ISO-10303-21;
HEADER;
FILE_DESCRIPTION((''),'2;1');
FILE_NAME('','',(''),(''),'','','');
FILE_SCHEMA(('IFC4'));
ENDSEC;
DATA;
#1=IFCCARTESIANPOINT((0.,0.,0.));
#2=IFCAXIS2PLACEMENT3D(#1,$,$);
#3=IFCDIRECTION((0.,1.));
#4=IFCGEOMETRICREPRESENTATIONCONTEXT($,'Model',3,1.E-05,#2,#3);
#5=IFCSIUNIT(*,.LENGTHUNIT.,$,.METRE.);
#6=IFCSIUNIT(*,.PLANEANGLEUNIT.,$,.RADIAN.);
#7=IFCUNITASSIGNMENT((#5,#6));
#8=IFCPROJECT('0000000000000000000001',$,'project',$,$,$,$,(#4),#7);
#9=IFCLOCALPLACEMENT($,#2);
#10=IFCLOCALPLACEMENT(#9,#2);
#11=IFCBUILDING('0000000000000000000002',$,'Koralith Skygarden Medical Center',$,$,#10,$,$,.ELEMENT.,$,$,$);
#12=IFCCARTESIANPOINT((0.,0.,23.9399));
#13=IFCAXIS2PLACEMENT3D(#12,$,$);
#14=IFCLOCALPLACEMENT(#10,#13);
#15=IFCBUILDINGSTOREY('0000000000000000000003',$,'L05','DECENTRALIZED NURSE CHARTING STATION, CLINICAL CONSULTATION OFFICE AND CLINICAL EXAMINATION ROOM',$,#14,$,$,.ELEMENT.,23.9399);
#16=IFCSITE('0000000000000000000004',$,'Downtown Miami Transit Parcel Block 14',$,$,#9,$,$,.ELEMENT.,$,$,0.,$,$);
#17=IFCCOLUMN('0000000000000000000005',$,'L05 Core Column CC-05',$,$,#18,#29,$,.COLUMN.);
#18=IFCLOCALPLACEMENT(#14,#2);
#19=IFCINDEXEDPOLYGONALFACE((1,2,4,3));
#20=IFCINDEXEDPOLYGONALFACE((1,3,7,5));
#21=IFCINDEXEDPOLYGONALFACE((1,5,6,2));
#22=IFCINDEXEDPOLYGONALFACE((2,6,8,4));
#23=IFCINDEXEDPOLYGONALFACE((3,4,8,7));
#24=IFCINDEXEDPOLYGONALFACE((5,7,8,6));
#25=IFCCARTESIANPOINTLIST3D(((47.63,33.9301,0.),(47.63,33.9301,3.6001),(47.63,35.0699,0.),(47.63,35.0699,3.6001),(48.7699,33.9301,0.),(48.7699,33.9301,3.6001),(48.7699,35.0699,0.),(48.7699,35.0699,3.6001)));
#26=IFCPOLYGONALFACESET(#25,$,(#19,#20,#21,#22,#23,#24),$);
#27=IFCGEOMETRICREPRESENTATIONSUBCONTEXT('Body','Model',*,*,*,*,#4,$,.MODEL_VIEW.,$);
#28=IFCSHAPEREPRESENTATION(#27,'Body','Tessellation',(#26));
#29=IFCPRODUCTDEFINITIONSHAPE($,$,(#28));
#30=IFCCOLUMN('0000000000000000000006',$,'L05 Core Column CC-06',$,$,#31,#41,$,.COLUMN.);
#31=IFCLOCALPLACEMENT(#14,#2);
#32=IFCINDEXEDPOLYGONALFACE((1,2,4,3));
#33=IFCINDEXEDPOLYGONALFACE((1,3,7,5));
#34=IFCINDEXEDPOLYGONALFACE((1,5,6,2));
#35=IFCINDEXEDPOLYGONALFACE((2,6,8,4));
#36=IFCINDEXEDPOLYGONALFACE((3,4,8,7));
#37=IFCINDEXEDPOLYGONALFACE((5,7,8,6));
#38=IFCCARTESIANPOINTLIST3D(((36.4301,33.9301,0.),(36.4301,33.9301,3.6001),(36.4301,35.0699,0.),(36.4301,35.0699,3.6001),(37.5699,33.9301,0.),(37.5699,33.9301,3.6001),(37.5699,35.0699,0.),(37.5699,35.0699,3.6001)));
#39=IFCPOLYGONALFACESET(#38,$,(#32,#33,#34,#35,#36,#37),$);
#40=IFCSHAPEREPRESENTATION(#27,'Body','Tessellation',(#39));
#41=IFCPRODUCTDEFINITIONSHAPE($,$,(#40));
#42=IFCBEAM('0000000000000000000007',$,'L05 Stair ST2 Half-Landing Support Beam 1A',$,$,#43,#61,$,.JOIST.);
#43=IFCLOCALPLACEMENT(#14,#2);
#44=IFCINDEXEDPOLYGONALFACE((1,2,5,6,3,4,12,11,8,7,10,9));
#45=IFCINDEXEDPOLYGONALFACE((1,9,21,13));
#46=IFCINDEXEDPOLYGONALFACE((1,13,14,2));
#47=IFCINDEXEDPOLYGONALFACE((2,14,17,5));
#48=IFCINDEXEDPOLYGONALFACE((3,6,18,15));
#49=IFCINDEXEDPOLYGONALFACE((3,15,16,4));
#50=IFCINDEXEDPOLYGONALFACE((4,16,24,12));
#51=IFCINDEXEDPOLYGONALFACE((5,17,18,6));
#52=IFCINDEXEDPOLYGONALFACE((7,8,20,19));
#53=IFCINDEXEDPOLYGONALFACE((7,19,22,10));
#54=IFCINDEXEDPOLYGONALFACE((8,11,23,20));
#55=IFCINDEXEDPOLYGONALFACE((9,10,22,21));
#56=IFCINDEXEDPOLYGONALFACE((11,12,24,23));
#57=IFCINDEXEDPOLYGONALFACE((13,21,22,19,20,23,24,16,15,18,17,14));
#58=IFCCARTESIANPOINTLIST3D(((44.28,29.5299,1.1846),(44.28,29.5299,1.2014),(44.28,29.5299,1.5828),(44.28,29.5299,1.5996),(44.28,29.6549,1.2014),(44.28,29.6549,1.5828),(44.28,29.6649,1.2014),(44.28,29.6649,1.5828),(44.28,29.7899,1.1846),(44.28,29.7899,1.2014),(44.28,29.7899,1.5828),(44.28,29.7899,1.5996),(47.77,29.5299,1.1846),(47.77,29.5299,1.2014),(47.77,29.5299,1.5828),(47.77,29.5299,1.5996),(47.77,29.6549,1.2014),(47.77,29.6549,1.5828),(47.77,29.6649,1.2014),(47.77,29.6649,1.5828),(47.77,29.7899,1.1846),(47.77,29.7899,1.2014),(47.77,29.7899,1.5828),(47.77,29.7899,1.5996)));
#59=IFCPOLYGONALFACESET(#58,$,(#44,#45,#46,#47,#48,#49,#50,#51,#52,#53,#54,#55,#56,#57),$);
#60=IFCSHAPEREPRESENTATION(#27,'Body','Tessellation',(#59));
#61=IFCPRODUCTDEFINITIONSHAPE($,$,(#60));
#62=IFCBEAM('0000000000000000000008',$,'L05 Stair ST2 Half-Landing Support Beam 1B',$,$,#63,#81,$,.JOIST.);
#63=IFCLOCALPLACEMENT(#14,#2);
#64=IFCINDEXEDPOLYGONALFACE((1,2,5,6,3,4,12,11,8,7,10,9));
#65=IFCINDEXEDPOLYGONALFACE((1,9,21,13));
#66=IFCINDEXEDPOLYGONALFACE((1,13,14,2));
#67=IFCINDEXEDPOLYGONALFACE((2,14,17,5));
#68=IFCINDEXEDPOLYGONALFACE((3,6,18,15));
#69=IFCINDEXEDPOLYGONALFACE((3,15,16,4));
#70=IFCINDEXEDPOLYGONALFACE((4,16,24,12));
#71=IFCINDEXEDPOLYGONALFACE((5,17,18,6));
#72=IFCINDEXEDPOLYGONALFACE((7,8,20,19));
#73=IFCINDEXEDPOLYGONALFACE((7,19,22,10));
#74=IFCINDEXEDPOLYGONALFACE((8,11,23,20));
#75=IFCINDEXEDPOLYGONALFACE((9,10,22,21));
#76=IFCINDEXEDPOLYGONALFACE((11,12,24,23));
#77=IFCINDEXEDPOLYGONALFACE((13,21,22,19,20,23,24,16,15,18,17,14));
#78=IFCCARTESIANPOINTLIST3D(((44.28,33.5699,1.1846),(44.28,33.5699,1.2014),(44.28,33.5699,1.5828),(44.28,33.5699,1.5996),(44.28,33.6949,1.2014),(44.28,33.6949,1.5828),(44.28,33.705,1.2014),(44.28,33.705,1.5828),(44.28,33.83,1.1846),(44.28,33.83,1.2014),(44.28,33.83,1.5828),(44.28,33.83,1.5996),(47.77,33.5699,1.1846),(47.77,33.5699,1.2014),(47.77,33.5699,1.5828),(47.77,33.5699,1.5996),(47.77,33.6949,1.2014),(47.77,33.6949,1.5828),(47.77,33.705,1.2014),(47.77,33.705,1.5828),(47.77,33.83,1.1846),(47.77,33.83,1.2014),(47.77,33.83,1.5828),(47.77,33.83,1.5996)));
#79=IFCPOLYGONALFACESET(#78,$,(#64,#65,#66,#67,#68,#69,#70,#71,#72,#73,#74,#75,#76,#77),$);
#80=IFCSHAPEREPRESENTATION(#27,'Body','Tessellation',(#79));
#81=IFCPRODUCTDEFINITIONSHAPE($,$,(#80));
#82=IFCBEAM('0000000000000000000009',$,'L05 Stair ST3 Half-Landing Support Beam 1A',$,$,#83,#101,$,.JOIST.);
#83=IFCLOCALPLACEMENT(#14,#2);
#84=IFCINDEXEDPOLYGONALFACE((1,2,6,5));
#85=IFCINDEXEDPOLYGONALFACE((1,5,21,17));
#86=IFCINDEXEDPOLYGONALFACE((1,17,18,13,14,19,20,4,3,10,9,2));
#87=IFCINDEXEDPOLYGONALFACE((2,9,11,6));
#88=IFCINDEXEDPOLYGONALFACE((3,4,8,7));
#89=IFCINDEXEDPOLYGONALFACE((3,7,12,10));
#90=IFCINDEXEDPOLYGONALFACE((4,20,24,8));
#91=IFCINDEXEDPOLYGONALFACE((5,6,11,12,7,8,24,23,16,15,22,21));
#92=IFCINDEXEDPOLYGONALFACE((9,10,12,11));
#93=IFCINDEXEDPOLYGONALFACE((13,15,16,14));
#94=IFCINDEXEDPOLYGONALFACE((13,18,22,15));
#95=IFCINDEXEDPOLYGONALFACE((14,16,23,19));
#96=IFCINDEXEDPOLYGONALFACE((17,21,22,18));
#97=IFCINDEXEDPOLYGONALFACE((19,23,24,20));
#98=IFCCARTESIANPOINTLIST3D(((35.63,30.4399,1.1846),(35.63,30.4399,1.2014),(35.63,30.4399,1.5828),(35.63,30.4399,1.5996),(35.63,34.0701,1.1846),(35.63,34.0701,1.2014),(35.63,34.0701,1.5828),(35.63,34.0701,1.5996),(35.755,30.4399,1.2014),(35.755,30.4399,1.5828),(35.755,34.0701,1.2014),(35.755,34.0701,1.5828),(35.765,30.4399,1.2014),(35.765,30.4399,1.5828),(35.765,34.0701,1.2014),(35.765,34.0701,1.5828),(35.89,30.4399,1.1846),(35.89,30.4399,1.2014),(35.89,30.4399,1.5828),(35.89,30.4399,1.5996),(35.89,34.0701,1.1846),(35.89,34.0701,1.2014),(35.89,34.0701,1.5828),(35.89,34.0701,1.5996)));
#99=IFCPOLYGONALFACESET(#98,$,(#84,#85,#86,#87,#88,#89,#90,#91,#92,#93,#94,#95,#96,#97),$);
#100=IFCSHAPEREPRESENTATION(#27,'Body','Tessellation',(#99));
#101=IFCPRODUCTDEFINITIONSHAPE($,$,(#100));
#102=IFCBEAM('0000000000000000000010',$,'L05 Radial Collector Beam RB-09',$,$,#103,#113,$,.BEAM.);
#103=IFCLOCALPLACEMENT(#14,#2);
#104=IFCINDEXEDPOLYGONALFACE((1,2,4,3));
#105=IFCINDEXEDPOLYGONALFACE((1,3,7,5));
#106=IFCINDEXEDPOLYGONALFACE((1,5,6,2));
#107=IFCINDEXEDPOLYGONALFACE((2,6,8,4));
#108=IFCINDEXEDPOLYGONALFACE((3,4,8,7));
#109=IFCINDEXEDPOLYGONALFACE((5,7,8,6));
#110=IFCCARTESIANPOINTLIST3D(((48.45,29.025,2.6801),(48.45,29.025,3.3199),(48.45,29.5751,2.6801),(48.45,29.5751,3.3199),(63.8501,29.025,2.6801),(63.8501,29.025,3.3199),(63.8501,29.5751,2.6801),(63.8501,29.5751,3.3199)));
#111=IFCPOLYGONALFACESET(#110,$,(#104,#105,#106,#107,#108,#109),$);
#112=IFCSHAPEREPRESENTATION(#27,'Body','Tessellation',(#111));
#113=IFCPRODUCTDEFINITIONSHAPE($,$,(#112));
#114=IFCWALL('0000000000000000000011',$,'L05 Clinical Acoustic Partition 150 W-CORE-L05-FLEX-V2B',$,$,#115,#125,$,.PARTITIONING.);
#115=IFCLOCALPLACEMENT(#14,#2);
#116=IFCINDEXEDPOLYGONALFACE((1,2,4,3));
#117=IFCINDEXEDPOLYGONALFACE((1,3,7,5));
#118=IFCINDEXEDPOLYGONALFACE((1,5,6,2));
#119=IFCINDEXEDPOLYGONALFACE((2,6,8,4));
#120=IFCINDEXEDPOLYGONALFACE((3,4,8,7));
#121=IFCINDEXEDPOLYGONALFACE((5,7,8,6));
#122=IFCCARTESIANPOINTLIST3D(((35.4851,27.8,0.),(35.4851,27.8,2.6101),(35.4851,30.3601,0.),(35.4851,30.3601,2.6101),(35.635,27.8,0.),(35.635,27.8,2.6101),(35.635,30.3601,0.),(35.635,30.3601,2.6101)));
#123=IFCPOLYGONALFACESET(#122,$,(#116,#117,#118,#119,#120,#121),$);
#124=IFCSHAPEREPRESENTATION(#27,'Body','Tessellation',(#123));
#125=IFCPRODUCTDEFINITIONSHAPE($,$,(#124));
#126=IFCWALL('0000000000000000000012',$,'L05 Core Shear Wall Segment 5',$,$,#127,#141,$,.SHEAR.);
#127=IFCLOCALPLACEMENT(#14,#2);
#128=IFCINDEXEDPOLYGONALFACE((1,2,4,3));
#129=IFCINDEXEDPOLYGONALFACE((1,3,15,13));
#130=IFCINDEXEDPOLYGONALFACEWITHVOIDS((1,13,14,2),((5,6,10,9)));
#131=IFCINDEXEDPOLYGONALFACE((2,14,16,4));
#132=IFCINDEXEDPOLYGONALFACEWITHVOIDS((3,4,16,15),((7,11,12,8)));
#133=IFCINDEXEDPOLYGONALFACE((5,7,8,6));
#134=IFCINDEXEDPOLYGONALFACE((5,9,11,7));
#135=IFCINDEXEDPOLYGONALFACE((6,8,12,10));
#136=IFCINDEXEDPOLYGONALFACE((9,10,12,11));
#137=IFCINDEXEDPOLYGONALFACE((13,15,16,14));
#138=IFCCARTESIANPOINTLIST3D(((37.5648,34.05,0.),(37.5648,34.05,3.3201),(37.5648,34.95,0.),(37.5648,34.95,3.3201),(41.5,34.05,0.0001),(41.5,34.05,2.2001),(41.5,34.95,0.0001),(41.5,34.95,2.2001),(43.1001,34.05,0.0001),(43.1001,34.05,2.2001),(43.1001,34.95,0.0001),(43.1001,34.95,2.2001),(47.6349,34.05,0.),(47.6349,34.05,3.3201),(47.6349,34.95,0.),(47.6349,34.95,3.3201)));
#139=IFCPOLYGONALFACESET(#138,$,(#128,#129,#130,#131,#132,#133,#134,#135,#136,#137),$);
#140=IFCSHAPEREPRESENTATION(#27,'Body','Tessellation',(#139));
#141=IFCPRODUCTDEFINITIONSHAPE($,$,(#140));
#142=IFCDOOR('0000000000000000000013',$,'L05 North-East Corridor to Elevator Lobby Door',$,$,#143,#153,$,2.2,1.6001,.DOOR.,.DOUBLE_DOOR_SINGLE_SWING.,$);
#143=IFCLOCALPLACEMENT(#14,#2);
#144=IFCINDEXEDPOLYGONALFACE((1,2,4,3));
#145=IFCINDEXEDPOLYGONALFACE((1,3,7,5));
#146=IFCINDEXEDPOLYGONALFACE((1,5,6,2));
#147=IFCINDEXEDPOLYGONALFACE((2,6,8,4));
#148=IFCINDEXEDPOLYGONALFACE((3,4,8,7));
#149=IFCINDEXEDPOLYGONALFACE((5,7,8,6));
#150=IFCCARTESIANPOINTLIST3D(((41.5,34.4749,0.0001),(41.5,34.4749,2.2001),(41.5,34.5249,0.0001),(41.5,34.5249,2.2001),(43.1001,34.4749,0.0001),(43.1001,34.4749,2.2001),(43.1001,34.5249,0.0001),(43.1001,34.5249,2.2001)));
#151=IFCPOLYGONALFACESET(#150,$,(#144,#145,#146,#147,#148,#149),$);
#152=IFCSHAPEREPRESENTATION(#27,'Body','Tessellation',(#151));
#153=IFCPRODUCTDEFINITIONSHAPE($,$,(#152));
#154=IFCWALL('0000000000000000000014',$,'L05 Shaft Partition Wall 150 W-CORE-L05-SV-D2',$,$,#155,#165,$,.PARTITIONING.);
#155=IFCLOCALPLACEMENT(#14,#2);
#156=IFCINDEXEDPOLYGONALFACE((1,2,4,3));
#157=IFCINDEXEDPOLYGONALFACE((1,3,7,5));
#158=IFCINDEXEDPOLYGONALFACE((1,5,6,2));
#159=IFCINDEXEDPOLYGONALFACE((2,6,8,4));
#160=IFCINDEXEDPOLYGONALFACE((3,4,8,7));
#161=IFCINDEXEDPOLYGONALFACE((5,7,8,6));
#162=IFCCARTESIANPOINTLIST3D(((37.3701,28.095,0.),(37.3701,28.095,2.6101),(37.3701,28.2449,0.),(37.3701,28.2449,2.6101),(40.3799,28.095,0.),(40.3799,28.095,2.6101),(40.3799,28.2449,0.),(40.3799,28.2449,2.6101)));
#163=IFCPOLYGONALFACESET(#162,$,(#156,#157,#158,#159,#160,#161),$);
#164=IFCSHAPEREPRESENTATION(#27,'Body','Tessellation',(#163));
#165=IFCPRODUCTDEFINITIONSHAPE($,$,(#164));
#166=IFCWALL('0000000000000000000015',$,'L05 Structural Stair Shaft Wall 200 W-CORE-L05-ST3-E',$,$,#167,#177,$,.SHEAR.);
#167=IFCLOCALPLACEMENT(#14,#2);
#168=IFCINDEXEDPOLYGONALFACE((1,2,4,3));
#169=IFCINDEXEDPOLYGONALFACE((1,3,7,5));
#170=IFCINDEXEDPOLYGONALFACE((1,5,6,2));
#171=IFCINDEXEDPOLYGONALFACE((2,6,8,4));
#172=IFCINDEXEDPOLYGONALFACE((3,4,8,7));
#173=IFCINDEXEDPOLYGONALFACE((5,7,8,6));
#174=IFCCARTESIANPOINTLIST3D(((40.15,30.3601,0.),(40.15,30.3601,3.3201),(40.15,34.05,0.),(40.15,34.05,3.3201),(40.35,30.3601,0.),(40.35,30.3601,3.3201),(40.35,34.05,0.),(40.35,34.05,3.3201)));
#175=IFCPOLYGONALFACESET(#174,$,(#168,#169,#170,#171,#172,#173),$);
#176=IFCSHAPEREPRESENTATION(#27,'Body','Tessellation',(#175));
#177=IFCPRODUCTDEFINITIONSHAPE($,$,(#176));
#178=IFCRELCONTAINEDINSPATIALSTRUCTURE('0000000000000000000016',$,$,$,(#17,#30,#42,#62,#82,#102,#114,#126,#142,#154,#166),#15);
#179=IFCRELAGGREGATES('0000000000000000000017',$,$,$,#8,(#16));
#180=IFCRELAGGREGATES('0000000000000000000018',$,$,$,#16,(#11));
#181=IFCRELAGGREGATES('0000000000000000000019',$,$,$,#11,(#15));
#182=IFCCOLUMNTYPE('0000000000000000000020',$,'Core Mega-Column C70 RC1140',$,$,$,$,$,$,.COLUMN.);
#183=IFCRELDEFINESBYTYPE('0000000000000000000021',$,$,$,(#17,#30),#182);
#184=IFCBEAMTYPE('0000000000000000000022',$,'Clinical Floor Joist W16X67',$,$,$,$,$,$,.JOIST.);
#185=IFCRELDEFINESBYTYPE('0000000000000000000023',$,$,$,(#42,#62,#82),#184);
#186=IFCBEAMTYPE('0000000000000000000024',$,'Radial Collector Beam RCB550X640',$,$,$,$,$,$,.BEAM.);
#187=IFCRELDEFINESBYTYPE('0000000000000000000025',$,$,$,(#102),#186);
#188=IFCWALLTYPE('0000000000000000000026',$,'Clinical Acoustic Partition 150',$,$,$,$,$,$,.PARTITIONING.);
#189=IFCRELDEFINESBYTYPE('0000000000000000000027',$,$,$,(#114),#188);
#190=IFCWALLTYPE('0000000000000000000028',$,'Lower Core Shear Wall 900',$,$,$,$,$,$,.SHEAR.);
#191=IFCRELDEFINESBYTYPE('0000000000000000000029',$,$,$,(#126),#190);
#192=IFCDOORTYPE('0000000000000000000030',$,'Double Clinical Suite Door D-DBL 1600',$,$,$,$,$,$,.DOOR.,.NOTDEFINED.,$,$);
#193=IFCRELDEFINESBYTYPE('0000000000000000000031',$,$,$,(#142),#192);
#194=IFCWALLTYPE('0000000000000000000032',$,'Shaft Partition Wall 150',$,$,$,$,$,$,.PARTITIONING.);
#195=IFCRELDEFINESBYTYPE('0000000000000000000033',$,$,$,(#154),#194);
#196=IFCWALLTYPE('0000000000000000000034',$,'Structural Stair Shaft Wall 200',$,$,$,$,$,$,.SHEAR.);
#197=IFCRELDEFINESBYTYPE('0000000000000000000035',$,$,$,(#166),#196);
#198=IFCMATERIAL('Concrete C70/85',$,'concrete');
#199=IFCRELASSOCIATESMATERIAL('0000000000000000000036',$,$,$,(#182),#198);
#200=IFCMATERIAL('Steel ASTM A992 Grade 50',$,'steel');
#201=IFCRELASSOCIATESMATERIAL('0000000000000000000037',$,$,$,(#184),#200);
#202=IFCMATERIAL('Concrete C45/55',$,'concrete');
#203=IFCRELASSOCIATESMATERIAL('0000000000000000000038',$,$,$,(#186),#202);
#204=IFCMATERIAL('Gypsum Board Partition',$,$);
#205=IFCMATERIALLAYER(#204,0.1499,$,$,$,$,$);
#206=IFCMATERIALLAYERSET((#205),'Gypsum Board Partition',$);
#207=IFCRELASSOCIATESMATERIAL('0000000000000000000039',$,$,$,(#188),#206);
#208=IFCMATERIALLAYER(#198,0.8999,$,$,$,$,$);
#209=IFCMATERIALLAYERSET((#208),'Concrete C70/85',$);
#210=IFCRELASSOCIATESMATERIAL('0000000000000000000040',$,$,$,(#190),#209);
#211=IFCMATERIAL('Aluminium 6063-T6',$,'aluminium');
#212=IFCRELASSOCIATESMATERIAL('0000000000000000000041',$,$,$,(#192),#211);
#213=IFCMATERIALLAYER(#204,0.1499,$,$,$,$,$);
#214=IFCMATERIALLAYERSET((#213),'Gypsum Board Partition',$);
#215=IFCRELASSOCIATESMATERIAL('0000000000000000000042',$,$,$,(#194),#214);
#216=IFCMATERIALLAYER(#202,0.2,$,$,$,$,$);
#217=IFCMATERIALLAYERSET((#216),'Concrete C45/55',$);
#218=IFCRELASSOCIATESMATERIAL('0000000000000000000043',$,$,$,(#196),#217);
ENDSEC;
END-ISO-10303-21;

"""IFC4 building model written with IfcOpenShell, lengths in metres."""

from ifc_helpers import new_model, si_unit, direction, frame, frame_2d, origin, origin_2d, place, context, subcontext, project, spatial, rectangle, i_section, extrude, material, layer, layer_set, material_profile, profile_set, type_object, element, fill, save


model = new_model("IFC4")

# Units and contexts
model_context = context("Model", 3, precision=1e-05, world=origin(), true_north=direction((0.0, 1.0)))
body_context = subcontext(model_context, "Body", "Model", "MODEL_VIEW")
ifc_project = project(units=[si_unit("LENGTHUNIT", "METRE"), si_unit("PLANEANGLEUNIT", "RADIAN")], contexts=[model_context])

# Site, building, storey
site_placement = place(None, origin())
site = spatial("IfcSite", under=ifc_project, at=site_placement, Name="Downtown Miami Transit Parcel Block 14", CompositionType="ELEMENT", RefElevation=0.0)
building_placement = place(site_placement, origin())
building = spatial("IfcBuilding", under=site, at=building_placement, Name="Koralith Skygarden Medical Center", CompositionType="ELEMENT")
storey_placement = place(building_placement, frame((0.0, 0.0, 23.9399)))
storey = spatial("IfcBuildingStorey", under=building, at=storey_placement, Name="L05", Description="DECENTRALIZED NURSE CHARTING STATION, CLINICAL CONSULTATION OFFICE AND CLINICAL EXAMINATION ROOM", CompositionType="ELEMENT", Elevation=23.9399)

# Columns
ifc_material_1 = material(Name="Concrete C70/85", Category="concrete")
ifc_material_profile_1 = material_profile(ifc_material_1, rectangle(XDim=1.1399, YDim=1.1399, at=origin_2d()), Name="RC1140X1140")
ifc_profile_set_1 = profile_set([ifc_material_profile_1], Name="Concrete C70/85")
column_type = type_object("IfcColumnType", Name="Core Mega-Column C70 RC1140", PredefinedType="COLUMN", material=ifc_profile_set_1)
for number, where, z_axis, x_axis, name in (
    (1, (48.2, 34.5, 0.0), (0.0, 0.0, 1.0), (1.0, 0.0, 0.0), "L05 Core Column CC-05"),
    (2, (37.0, 34.5, 0.0), (0.0, 0.0, 1.0), (1.0, 0.0, 0.0), "L05 Core Column CC-06"),
):
    element("IfcColumn", number, at=place(storey_placement, frame(where, z_axis=z_axis, x_axis=x_axis)), inside=storey, type_object=column_type, Name=name, PredefinedType="COLUMN", context=body_context, shape_type="SweptSolid", body=[
        extrude(rectangle(XDim=1.1399, YDim=1.1399, at=origin_2d()), origin(), (0.0, 0.0, 1.0), 3.6001),
    ])

# Beams
ifc_material_2 = material(Name="Steel ASTM A992 Grade 50", Category="steel")
ifc_material_profile_2 = material_profile(ifc_material_2, i_section(OverallWidth=0.26, OverallDepth=0.415, WebThickness=0.01, FlangeThickness=0.0168, at=origin_2d()), Name="W16X67")
ifc_profile_set_2 = profile_set([ifc_material_profile_2], Name="Steel ASTM A992 Grade 50")
beam_type_1 = type_object("IfcBeamType", Name="Clinical Floor Joist W16X67", PredefinedType="JOIST", material=ifc_profile_set_2)
for number, where, z_axis, x_axis, name in (
    (3, (44.28, 29.6599, 1.3921), (1.0, 0.0, 0.0), (0.0, 1.0, 0.0), "L05 Stair ST2 Half-Landing Support Beam 1A"),
    (4, (44.28, 33.7, 1.3921), (1.0, 0.0, 0.0), (0.0, 1.0, 0.0), "L05 Stair ST2 Half-Landing Support Beam 1B"),
):
    element("IfcBeam", number, at=place(storey_placement, frame(where, z_axis=z_axis, x_axis=x_axis)), inside=storey, type_object=beam_type_1, Name=name, PredefinedType="JOIST", context=body_context, shape_type="SweptSolid", body=[
        extrude(i_section(OverallWidth=0.26, OverallDepth=0.415, WebThickness=0.01, FlangeThickness=0.0168, at=origin_2d()), origin(), (0.0, 0.0, 1.0), 3.49),
    ])
beam_1_placement = place(storey_placement, frame((35.76, 30.4399, 1.3921), z_axis=(0.0, 1.0, 0.0), x_axis=(-1.0, 0.0, 0.0)))
element("IfcBeam", 5, at=beam_1_placement, inside=storey, type_object=beam_type_1, Name="L05 Stair ST3 Half-Landing Support Beam 1A", PredefinedType="JOIST", context=body_context, shape_type="SweptSolid", body=[
    extrude(i_section(OverallWidth=0.26, OverallDepth=0.415, WebThickness=0.01, FlangeThickness=0.0168, at=origin_2d()), origin(), (0.0, 0.0, 1.0), 3.6301),
])
ifc_material_3 = material(Name="Concrete C45/55", Category="concrete")
ifc_material_profile_3 = material_profile(ifc_material_3, rectangle(XDim=0.55, YDim=0.6399, at=origin_2d()), Name="RCB550X640")
ifc_profile_set_3 = profile_set([ifc_material_profile_3], Name="Concrete C45/55")
beam_type_2 = type_object("IfcBeamType", Name="Radial Collector Beam RCB550X640", PredefinedType="BEAM", material=ifc_profile_set_3)
beam_2_placement = place(storey_placement, frame((48.45, 29.3, 3.0), z_axis=(1.0, 0.0, 0.0), x_axis=(0.0, 1.0, 0.0)))
element("IfcBeam", 6, at=beam_2_placement, inside=storey, type_object=beam_type_2, Name="L05 Radial Collector Beam RB-09", PredefinedType="BEAM", context=body_context, shape_type="SweptSolid", body=[
    extrude(rectangle(XDim=0.55, YDim=0.6399, at=origin_2d()), origin(), (0.0, 0.0, 1.0), 15.4001),
])

# Wall
ifc_material_4 = material(Name="Gypsum Board Partition")
ifc_layer_1 = layer(ifc_material_4, 0.1499)
ifc_layer_set_1 = layer_set([ifc_layer_1], Name="Gypsum Board Partition")
wall_type_1 = type_object("IfcWallType", Name="Clinical Acoustic Partition 150", PredefinedType="PARTITIONING", material=ifc_layer_set_1)
wall_1_placement = place(storey_placement, frame((35.5601, 27.8, 0.0), z_axis=(0.0, 0.0, 1.0), x_axis=(0.0, 1.0, 0.0)))
element("IfcWall", 7, at=wall_1_placement, inside=storey, type_object=wall_type_1, Name="L05 Clinical Acoustic Partition 150 W-CORE-L05-FLEX-V2B", PredefinedType="PARTITIONING", context=body_context, shape_type="SweptSolid", body=[
    extrude(rectangle(XDim=2.5601, YDim=0.1499, at=frame_2d((1.28, 0.0))), origin(), (0.0, 0.0, 1.0), 2.6101),
])

# Wall, opening, door
ifc_layer_2 = layer(ifc_material_1, 0.8999)
ifc_layer_set_2 = layer_set([ifc_layer_2], Name="Concrete C70/85")
wall_type_2 = type_object("IfcWallType", Name="Lower Core Shear Wall 900", PredefinedType="SHEAR", material=ifc_layer_set_2)
wall_2_placement = place(storey_placement, frame((47.635, 34.5, 0.0), z_axis=(0.0, 0.0, 1.0), x_axis=(-1.0, 0.0, 0.0)))
wall_2 = element("IfcWall", 8, at=wall_2_placement, inside=storey, type_object=wall_type_2, Name="L05 Core Shear Wall Segment 5", PredefinedType="SHEAR", context=body_context, shape_type="SweptSolid", body=[
    extrude(rectangle(XDim=10.0701, YDim=0.8999, at=frame_2d((5.0352, 0.0))), origin(), (0.0, 0.0, 1.0), 3.3201),
])
opening_1_placement = place(wall_2_placement, frame((4.5349, 0.0, 0.0)))
opening_1 = element("IfcOpeningElement", 9, at=opening_1_placement, cuts=wall_2, PredefinedType="OPENING", context=body_context, shape_type="SweptSolid", body=[
    extrude(rectangle(XDim=1.6001, YDim=2.2, at=frame_2d((0.8, 1.1001))), frame((0.0, 0.46, 0.0), z_axis=(0.0, -1.0, 0.0), x_axis=(1.0, 0.0, 0.0)), (0.0, 0.0, 1.0), 0.9199),
])
ifc_material_5 = material(Name="Aluminium 6063-T6", Category="aluminium")
door_type_1 = type_object("IfcDoorType", Name="Double Clinical Suite Door D-DBL 1600", OperationType="NOTDEFINED", PredefinedType="DOOR", material=ifc_material_5)
door_1_placement = place(opening_1_placement, frame((1.6001, 0.0, 0.0), z_axis=(0.0, 0.0, 1.0), x_axis=(-1.0, 0.0, 0.0)))
door_1 = element("IfcDoor", 10, at=door_1_placement, inside=storey, type_object=door_type_1, Name="L05 North-East Corridor to Elevator Lobby Door", OperationType="DOUBLE_DOOR_SINGLE_SWING", OverallHeight=2.2, OverallWidth=1.6001, PredefinedType="DOOR", context=body_context, shape_type="SweptSolid", body=[
    extrude(rectangle(XDim=1.6001, YDim=2.2, at=frame_2d((0.8, 1.1001))), frame((0.0, 0.0249, 0.0), z_axis=(0.0, -1.0, 0.0), x_axis=(1.0, 0.0, 0.0)), (0.0, 0.0, 1.0), 0.05),
])
fill(opening_1, door_1)

# Walls
ifc_layer_3 = layer(ifc_material_4, 0.1499)
ifc_layer_set_3 = layer_set([ifc_layer_3], Name="Gypsum Board Partition")
wall_type_3 = type_object("IfcWallType", Name="Shaft Partition Wall 150", PredefinedType="PARTITIONING", material=ifc_layer_set_3)
wall_3_placement = place(storey_placement, frame((37.3701, 28.1699, 0.0), z_axis=(0.0, 0.0, 1.0), x_axis=(1.0, 0.0, 0.0)))
element("IfcWall", 11, at=wall_3_placement, inside=storey, type_object=wall_type_3, Name="L05 Shaft Partition Wall 150 W-CORE-L05-SV-D2", PredefinedType="PARTITIONING", context=body_context, shape_type="SweptSolid", body=[
    extrude(rectangle(XDim=3.0098, YDim=0.1499, at=frame_2d((1.5049, 0.0))), origin(), (0.0, 0.0, 1.0), 2.6101),
])
ifc_layer_4 = layer(ifc_material_3, 0.2)
ifc_layer_set_4 = layer_set([ifc_layer_4], Name="Concrete C45/55")
wall_type_4 = type_object("IfcWallType", Name="Structural Stair Shaft Wall 200", PredefinedType="SHEAR", material=ifc_layer_set_4)
wall_4_placement = place(storey_placement, frame((40.25, 30.3601, 0.0), z_axis=(0.0, 0.0, 1.0), x_axis=(0.0, 1.0, 0.0)))
element("IfcWall", 12, at=wall_4_placement, inside=storey, type_object=wall_type_4, Name="L05 Structural Stair Shaft Wall 200 W-CORE-L05-ST3-E", PredefinedType="SHEAR", context=body_context, shape_type="SweptSolid", body=[
    extrude(rectangle(XDim=3.6899, YDim=0.2, at=frame_2d((1.845, 0.0))), origin(), (0.0, 0.0, 1.0), 3.3201),
])

save(model, "model.ifc")
